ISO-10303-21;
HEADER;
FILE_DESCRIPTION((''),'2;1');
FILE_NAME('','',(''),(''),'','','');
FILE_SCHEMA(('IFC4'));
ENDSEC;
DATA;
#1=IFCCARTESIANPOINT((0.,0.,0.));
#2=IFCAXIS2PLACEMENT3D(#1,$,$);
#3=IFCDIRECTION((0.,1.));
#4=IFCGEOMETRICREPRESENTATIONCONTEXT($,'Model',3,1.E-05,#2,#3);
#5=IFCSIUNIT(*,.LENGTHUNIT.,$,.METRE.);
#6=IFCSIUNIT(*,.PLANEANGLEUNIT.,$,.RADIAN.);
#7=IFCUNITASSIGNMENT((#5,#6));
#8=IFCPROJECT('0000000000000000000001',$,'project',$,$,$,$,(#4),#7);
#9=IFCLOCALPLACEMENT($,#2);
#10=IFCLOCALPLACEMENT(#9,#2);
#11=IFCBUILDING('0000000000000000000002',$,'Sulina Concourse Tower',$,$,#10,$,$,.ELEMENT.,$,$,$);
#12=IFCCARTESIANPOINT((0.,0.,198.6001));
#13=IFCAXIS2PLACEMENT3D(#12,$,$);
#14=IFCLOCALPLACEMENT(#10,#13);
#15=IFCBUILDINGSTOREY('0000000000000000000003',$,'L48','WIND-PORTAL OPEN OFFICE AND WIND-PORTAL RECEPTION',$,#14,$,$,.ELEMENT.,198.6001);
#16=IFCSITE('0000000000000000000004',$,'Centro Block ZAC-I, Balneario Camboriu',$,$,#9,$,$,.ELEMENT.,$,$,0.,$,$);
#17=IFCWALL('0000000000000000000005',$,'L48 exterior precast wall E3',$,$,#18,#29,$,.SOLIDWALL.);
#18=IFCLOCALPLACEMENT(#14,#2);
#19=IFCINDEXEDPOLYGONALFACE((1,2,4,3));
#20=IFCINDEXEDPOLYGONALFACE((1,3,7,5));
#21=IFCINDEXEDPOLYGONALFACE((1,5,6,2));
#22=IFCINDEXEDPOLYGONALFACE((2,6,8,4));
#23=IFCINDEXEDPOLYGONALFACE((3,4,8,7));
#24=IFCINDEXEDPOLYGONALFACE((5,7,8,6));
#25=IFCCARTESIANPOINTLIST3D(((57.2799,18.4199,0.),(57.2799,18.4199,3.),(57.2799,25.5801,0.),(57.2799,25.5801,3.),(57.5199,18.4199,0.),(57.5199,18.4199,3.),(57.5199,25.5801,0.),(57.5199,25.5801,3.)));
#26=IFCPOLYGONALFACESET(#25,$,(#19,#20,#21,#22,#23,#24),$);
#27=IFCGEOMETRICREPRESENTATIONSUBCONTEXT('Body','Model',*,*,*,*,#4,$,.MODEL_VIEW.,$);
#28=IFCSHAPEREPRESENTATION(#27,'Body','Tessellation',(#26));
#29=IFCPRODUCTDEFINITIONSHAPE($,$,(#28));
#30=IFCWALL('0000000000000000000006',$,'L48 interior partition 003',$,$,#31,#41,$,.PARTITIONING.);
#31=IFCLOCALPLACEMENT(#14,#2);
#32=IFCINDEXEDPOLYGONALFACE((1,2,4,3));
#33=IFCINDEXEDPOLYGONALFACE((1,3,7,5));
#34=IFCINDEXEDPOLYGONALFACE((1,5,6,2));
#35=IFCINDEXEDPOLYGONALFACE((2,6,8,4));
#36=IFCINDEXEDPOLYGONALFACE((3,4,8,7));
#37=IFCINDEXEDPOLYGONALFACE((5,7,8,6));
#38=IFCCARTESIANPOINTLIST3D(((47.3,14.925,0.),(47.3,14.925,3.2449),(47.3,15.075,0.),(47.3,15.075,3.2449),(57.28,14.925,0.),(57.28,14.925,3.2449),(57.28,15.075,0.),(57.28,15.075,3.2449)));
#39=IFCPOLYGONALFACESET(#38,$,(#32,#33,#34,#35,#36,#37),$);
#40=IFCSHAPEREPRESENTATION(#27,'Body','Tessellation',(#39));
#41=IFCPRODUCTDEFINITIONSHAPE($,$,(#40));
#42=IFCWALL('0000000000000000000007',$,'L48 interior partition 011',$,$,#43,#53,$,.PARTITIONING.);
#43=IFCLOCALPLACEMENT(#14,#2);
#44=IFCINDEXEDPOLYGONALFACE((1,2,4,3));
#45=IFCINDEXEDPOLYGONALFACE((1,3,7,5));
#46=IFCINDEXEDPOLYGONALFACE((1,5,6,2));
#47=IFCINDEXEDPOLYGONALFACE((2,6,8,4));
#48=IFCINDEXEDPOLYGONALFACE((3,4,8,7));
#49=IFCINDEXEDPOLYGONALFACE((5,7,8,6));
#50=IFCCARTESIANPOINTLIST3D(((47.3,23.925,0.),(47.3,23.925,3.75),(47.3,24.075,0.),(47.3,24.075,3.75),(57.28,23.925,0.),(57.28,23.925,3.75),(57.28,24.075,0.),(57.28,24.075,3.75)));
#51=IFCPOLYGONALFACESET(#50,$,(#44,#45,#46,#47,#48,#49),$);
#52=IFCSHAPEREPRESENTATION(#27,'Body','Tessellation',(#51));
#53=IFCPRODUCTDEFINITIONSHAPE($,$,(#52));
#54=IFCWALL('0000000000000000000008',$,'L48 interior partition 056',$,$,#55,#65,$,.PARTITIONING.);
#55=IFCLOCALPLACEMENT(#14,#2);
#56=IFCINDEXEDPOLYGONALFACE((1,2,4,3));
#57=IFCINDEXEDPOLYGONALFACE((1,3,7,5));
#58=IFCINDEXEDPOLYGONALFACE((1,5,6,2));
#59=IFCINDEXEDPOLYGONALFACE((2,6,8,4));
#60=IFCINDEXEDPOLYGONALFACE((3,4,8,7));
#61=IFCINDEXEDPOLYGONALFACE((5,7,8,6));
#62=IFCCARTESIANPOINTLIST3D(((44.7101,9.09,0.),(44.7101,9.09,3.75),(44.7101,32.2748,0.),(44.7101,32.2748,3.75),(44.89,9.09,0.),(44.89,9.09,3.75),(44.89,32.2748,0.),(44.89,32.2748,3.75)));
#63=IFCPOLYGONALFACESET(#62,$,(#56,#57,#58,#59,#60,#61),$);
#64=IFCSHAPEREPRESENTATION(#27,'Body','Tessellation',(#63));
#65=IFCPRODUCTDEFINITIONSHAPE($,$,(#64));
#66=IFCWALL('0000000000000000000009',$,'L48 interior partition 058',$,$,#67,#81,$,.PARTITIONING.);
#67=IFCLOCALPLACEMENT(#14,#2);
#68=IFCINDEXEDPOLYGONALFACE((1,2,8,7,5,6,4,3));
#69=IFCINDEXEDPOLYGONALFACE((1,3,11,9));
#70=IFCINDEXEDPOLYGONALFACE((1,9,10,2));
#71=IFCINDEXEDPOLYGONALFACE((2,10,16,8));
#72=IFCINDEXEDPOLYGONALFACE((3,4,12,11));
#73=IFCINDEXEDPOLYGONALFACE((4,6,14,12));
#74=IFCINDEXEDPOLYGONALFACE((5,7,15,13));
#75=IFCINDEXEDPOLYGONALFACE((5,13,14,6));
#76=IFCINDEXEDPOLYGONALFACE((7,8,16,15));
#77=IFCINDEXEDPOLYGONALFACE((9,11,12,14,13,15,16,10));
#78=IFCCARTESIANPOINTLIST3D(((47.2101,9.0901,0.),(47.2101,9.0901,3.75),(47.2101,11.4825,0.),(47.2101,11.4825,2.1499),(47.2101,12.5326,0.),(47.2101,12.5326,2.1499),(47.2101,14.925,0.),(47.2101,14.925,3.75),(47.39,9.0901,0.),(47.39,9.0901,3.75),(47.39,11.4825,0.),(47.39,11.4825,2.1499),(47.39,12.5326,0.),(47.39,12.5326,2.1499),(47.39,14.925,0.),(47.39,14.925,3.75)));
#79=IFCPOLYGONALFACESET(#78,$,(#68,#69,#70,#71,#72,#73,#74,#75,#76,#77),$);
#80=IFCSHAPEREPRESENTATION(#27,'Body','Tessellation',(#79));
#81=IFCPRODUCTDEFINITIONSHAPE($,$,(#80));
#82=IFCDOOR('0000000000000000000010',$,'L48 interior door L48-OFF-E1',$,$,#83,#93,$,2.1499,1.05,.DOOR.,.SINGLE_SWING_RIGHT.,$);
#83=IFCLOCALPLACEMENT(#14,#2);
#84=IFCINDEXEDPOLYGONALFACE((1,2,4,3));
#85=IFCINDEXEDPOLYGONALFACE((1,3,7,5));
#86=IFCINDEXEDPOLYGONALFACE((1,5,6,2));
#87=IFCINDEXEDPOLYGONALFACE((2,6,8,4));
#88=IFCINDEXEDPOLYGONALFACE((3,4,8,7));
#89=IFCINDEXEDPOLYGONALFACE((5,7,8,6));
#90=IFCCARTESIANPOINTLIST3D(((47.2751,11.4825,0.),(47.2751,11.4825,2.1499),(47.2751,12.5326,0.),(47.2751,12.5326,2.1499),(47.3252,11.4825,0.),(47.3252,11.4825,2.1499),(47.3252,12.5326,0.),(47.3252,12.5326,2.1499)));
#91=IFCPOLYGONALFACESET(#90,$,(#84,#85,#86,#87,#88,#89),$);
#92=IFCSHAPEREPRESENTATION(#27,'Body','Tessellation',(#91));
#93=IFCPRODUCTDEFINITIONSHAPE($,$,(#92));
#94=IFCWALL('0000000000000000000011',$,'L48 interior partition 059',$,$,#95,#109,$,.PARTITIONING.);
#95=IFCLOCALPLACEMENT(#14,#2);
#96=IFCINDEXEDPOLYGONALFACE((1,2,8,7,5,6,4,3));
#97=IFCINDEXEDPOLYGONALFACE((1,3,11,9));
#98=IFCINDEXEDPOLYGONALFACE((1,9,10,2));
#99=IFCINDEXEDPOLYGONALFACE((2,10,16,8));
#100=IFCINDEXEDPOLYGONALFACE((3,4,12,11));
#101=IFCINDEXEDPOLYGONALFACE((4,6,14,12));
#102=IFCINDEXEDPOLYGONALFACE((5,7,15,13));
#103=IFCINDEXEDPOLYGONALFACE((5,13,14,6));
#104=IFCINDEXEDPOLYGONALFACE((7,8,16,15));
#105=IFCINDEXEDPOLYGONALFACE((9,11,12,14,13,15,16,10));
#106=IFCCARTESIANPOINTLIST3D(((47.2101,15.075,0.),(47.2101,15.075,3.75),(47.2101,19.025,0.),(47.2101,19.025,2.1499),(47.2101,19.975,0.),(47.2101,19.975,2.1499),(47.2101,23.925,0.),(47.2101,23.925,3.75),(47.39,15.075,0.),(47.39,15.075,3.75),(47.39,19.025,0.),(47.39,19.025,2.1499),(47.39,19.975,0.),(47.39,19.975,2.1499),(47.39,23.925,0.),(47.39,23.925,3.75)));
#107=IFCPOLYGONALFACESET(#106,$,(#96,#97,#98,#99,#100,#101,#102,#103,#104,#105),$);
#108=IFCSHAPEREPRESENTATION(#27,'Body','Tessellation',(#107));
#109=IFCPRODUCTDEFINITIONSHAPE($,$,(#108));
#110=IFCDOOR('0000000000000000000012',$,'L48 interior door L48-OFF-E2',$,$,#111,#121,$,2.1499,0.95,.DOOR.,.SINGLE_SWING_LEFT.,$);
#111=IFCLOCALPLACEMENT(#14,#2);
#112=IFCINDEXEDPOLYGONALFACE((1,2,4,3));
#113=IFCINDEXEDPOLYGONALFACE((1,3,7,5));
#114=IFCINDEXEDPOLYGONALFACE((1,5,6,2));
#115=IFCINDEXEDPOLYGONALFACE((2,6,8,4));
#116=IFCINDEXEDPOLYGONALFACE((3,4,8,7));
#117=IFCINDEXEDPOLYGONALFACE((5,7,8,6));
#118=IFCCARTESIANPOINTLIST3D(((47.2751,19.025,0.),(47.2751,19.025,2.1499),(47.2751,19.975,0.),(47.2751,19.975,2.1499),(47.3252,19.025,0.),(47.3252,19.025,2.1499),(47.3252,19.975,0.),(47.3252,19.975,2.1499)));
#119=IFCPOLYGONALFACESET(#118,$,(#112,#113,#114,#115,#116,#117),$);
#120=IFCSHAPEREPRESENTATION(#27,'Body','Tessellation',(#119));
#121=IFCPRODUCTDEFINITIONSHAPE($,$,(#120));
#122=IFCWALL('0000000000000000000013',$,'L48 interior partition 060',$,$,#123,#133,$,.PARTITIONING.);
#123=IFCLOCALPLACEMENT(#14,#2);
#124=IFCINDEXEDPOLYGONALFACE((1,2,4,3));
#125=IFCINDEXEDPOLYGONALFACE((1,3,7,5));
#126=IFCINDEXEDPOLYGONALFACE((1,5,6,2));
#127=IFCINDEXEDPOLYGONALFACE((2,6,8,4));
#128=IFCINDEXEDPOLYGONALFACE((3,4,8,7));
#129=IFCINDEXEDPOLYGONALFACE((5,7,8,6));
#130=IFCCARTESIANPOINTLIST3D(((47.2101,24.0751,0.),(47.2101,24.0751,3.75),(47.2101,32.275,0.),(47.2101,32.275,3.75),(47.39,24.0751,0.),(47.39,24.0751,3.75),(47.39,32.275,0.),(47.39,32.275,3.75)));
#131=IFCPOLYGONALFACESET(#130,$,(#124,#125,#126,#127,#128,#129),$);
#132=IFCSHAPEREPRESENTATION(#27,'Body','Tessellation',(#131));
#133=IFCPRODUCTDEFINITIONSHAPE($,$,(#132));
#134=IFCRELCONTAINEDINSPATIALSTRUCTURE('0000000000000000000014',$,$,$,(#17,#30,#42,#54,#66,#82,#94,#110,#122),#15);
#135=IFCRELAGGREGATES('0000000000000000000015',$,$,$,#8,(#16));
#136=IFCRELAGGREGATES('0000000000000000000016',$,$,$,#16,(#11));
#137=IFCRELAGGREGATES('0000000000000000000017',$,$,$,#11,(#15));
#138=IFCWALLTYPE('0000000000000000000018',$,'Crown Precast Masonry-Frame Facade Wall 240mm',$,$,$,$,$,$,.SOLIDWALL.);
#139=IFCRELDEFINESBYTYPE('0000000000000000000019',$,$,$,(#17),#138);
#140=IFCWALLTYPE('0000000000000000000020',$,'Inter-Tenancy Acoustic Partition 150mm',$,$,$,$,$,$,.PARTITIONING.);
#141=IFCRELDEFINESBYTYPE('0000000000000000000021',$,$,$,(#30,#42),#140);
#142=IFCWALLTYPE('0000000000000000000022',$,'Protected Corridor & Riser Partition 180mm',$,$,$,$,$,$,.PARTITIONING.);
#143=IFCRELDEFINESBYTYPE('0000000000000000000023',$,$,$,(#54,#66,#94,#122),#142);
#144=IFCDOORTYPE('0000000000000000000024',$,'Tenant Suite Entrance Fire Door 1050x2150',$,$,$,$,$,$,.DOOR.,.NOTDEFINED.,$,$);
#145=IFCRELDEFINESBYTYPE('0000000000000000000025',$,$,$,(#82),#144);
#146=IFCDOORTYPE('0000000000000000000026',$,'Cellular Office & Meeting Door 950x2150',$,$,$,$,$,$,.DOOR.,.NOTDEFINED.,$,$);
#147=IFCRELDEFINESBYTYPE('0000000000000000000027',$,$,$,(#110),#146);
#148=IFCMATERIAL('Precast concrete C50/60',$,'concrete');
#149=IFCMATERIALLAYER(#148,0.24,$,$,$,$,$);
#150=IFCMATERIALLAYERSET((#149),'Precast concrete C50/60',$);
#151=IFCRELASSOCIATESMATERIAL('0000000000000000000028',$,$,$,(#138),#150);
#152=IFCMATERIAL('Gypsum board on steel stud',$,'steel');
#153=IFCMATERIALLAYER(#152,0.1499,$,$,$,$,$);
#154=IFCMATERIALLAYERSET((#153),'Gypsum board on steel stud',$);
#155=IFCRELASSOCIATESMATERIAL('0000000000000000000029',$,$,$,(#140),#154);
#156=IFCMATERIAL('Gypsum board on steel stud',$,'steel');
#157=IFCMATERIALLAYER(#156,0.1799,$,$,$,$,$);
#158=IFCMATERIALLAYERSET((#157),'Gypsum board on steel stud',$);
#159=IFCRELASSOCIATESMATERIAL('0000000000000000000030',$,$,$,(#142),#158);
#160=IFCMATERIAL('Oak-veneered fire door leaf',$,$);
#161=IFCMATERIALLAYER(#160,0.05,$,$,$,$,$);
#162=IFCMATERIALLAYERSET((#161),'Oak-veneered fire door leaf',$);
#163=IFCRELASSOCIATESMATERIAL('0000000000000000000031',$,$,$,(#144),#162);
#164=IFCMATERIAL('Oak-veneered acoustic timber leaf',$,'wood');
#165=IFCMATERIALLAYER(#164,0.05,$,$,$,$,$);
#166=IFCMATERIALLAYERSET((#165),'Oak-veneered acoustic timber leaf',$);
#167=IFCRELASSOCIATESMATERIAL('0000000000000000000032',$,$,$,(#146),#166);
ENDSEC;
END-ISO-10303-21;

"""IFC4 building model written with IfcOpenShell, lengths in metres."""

from ifc_helpers import new_model, si_unit, direction, frame, frame_2d, origin, place, context, subcontext, project, spatial, rectangle, extrude, material, layer, layer_set, type_object, element, fill, save


model = new_model("IFC4")

# Units and contexts
model_context = context("Model", 3, precision=1e-05, world=origin(), true_north=direction((0.0, 1.0)))
body_context = subcontext(model_context, "Body", "Model", "MODEL_VIEW")
ifc_project = project(units=[si_unit("LENGTHUNIT", "METRE"), si_unit("PLANEANGLEUNIT", "RADIAN")], contexts=[model_context])

# Site, building, storey
site_placement = place(None, origin())
site = spatial("IfcSite", under=ifc_project, at=site_placement, Name="Centro Block ZAC-I, Balneario Camboriu", CompositionType="ELEMENT", RefElevation=0.0)
building_placement = place(site_placement, origin())
building = spatial("IfcBuilding", under=site, at=building_placement, Name="Sulina Concourse Tower", CompositionType="ELEMENT")
storey_placement = place(building_placement, frame((0.0, 0.0, 198.6001)))
storey = spatial("IfcBuildingStorey", under=building, at=storey_placement, Name="L48", Description="WIND-PORTAL OPEN OFFICE AND WIND-PORTAL RECEPTION", CompositionType="ELEMENT", Elevation=198.6001)

# Walls
ifc_material_1 = material(Name="Precast concrete C50/60", Category="concrete")
ifc_layer_1 = layer(ifc_material_1, 0.24)
ifc_layer_set_1 = layer_set([ifc_layer_1], Name="Precast concrete C50/60")
wall_type_1 = type_object("IfcWallType", Name="Crown Precast Masonry-Frame Facade Wall 240mm", PredefinedType="SOLIDWALL", material=ifc_layer_set_1)
for number, where, z_axis, x_axis, name in (
    (1, (57.3999, 25.5801, 0.0), (0.0, 0.0, 1.0), (0.0, -1.0, 0.0), "L48 exterior precast wall E3"),
):
    element("IfcWall", number, at=place(storey_placement, frame(where, z_axis=z_axis, x_axis=x_axis)), inside=storey, type_object=wall_type_1, Name=name, PredefinedType="SOLIDWALL", context=body_context, shape_type="SweptSolid", body=[
        extrude(rectangle(XDim=7.1602, YDim=0.24, at=frame_2d((3.5801, 0.0))), origin(), (0.0, 0.0, 1.0), 3.0),
    ])
ifc_material_2 = material(Name="Gypsum board on steel stud", Category="steel")
ifc_layer_2 = layer(ifc_material_2, 0.1499)
ifc_layer_set_2 = layer_set([ifc_layer_2], Name="Gypsum board on steel stud")
wall_type_2 = type_object("IfcWallType", Name="Inter-Tenancy Acoustic Partition 150mm", PredefinedType="PARTITIONING", material=ifc_layer_set_2)
wall_1_placement = place(storey_placement, frame((47.3, 15.0, 0.0), z_axis=(0.0, 0.0, 1.0), x_axis=(1.0, 0.0, 0.0)))
element("IfcWall", 2, at=wall_1_placement, inside=storey, type_object=wall_type_2, Name="L48 interior partition 003", PredefinedType="PARTITIONING", context=body_context, shape_type="SweptSolid", body=[
    extrude(rectangle(XDim=9.98, YDim=0.1499, at=frame_2d((4.99, 0.0))), origin(), (0.0, 0.0, 1.0), 3.2449),
])
wall_2_placement = place(storey_placement, frame((47.3, 24.0, 0.0), z_axis=(0.0, 0.0, 1.0), x_axis=(1.0, 0.0, 0.0)))
element("IfcWall", 3, at=wall_2_placement, inside=storey, type_object=wall_type_2, Name="L48 interior partition 011", PredefinedType="PARTITIONING", context=body_context, shape_type="SweptSolid", body=[
    extrude(rectangle(XDim=9.98, YDim=0.1499, at=frame_2d((4.99, 0.0))), origin(), (0.0, 0.0, 1.0), 3.75),
])
ifc_material_3 = material(Name="Gypsum board on steel stud", Category="steel")
ifc_layer_3 = layer(ifc_material_3, 0.1799)
ifc_layer_set_3 = layer_set([ifc_layer_3], Name="Gypsum board on steel stud")
wall_type_3 = type_object("IfcWallType", Name="Protected Corridor & Riser Partition 180mm", PredefinedType="PARTITIONING", material=ifc_layer_set_3)
wall_3_placement = place(storey_placement, frame((44.8, 9.0901, 0.0), z_axis=(0.0, 0.0, 1.0), x_axis=(0.0, 1.0, 0.0)))
element("IfcWall", 4, at=wall_3_placement, inside=storey, type_object=wall_type_3, Name="L48 interior partition 056", PredefinedType="PARTITIONING", context=body_context, shape_type="SweptSolid", body=[
    extrude(rectangle(XDim=23.1848, YDim=0.1799, at=frame_2d((11.5923, 0.0))), origin(), (0.0, 0.0, 1.0), 3.75),
])

# Walls, openings, doors
wall_4_placement = place(storey_placement, frame((47.3, 9.0901, 0.0), z_axis=(0.0, 0.0, 1.0), x_axis=(0.0, 1.0, 0.0)))
wall_4 = element("IfcWall", 5, at=wall_4_placement, inside=storey, type_object=wall_type_3, Name="L48 interior partition 058", PredefinedType="PARTITIONING", context=body_context, shape_type="SweptSolid", body=[
    extrude(rectangle(XDim=5.835, YDim=0.1799, at=frame_2d((2.9175, 0.0))), origin(), (0.0, 0.0, 1.0), 3.75),
])
opening_1_placement = place(wall_4_placement, frame((2.3926, 0.0, 0.0)))
opening_1 = element("IfcOpeningElement", 6, at=opening_1_placement, cuts=wall_4, PredefinedType="OPENING", context=body_context, shape_type="SweptSolid", body=[
    extrude(rectangle(XDim=1.05, YDim=2.1499, at=frame_2d((0.5249, 1.075))), frame((0.0, 0.0999, 0.0), z_axis=(0.0, -1.0, 0.0), x_axis=(1.0, 0.0, 0.0)), (0.0, 0.0, 1.0), 0.2),
])
ifc_material_4 = material(Name="Oak-veneered fire door leaf")
ifc_layer_4 = layer(ifc_material_4, 0.05)
ifc_layer_set_4 = layer_set([ifc_layer_4], Name="Oak-veneered fire door leaf")
door_type_1 = type_object("IfcDoorType", Name="Tenant Suite Entrance Fire Door 1050x2150", OperationType="NOTDEFINED", PredefinedType="DOOR", material=ifc_layer_set_4)
door_1_placement = place(opening_1_placement, origin())
door_1 = element("IfcDoor", 7, at=door_1_placement, inside=storey, type_object=door_type_1, Name="L48 interior door L48-OFF-E1", OperationType="SINGLE_SWING_RIGHT", OverallHeight=2.1499, OverallWidth=1.05, PredefinedType="DOOR", context=body_context, shape_type="SweptSolid", body=[
    extrude(rectangle(XDim=1.05, YDim=2.1499, at=frame_2d((0.5249, 1.075))), frame((0.0, 0.0249, 0.0), z_axis=(0.0, -1.0, 0.0), x_axis=(1.0, 0.0, 0.0)), (0.0, 0.0, 1.0), 0.05),
])
fill(opening_1, door_1)
wall_5_placement = place(storey_placement, frame((47.3, 15.075, 0.0), z_axis=(0.0, 0.0, 1.0), x_axis=(0.0, 1.0, 0.0)))
wall_5 = element("IfcWall", 8, at=wall_5_placement, inside=storey, type_object=wall_type_3, Name="L48 interior partition 059", PredefinedType="PARTITIONING", context=body_context, shape_type="SweptSolid", body=[
    extrude(rectangle(XDim=8.8501, YDim=0.1799, at=frame_2d((4.425, 0.0))), origin(), (0.0, 0.0, 1.0), 3.75),
])
opening_2_placement = place(wall_5_placement, frame((3.95, 0.0, 0.0)))
opening_2 = element("IfcOpeningElement", 9, at=opening_2_placement, cuts=wall_5, PredefinedType="OPENING", context=body_context, shape_type="SweptSolid", body=[
    extrude(rectangle(XDim=0.95, YDim=2.1499, at=frame_2d((0.4751, 1.075))), frame((0.0, 0.0999, 0.0), z_axis=(0.0, -1.0, 0.0), x_axis=(1.0, 0.0, 0.0)), (0.0, 0.0, 1.0), 0.2),
])
ifc_material_5 = material(Name="Oak-veneered acoustic timber leaf", Category="wood")
ifc_layer_5 = layer(ifc_material_5, 0.05)
ifc_layer_set_5 = layer_set([ifc_layer_5], Name="Oak-veneered acoustic timber leaf")
door_type_2 = type_object("IfcDoorType", Name="Cellular Office & Meeting Door 950x2150", OperationType="NOTDEFINED", PredefinedType="DOOR", material=ifc_layer_set_5)
door_2_placement = place(opening_2_placement, origin())
door_2 = element("IfcDoor", 10, at=door_2_placement, inside=storey, type_object=door_type_2, Name="L48 interior door L48-OFF-E2", OperationType="SINGLE_SWING_LEFT", OverallHeight=2.1499, OverallWidth=0.95, PredefinedType="DOOR", context=body_context, shape_type="SweptSolid", body=[
    extrude(rectangle(XDim=0.95, YDim=2.1499, at=frame_2d((0.4751, 1.075))), frame((0.0, 0.0249, 0.0), z_axis=(0.0, -1.0, 0.0), x_axis=(1.0, 0.0, 0.0)), (0.0, 0.0, 1.0), 0.05),
])
fill(opening_2, door_2)

# Wall
wall_6_placement = place(storey_placement, frame((47.3, 24.075, 0.0), z_axis=(0.0, 0.0, 1.0), x_axis=(0.0, 1.0, 0.0)))
element("IfcWall", 11, at=wall_6_placement, inside=storey, type_object=wall_type_3, Name="L48 interior partition 060", PredefinedType="PARTITIONING", context=body_context, shape_type="SweptSolid", body=[
    extrude(rectangle(XDim=8.2, YDim=0.1799, at=frame_2d((4.1001, 0.0))), origin(), (0.0, 0.0, 1.0), 3.75),
])

save(model, "model.ifc")
